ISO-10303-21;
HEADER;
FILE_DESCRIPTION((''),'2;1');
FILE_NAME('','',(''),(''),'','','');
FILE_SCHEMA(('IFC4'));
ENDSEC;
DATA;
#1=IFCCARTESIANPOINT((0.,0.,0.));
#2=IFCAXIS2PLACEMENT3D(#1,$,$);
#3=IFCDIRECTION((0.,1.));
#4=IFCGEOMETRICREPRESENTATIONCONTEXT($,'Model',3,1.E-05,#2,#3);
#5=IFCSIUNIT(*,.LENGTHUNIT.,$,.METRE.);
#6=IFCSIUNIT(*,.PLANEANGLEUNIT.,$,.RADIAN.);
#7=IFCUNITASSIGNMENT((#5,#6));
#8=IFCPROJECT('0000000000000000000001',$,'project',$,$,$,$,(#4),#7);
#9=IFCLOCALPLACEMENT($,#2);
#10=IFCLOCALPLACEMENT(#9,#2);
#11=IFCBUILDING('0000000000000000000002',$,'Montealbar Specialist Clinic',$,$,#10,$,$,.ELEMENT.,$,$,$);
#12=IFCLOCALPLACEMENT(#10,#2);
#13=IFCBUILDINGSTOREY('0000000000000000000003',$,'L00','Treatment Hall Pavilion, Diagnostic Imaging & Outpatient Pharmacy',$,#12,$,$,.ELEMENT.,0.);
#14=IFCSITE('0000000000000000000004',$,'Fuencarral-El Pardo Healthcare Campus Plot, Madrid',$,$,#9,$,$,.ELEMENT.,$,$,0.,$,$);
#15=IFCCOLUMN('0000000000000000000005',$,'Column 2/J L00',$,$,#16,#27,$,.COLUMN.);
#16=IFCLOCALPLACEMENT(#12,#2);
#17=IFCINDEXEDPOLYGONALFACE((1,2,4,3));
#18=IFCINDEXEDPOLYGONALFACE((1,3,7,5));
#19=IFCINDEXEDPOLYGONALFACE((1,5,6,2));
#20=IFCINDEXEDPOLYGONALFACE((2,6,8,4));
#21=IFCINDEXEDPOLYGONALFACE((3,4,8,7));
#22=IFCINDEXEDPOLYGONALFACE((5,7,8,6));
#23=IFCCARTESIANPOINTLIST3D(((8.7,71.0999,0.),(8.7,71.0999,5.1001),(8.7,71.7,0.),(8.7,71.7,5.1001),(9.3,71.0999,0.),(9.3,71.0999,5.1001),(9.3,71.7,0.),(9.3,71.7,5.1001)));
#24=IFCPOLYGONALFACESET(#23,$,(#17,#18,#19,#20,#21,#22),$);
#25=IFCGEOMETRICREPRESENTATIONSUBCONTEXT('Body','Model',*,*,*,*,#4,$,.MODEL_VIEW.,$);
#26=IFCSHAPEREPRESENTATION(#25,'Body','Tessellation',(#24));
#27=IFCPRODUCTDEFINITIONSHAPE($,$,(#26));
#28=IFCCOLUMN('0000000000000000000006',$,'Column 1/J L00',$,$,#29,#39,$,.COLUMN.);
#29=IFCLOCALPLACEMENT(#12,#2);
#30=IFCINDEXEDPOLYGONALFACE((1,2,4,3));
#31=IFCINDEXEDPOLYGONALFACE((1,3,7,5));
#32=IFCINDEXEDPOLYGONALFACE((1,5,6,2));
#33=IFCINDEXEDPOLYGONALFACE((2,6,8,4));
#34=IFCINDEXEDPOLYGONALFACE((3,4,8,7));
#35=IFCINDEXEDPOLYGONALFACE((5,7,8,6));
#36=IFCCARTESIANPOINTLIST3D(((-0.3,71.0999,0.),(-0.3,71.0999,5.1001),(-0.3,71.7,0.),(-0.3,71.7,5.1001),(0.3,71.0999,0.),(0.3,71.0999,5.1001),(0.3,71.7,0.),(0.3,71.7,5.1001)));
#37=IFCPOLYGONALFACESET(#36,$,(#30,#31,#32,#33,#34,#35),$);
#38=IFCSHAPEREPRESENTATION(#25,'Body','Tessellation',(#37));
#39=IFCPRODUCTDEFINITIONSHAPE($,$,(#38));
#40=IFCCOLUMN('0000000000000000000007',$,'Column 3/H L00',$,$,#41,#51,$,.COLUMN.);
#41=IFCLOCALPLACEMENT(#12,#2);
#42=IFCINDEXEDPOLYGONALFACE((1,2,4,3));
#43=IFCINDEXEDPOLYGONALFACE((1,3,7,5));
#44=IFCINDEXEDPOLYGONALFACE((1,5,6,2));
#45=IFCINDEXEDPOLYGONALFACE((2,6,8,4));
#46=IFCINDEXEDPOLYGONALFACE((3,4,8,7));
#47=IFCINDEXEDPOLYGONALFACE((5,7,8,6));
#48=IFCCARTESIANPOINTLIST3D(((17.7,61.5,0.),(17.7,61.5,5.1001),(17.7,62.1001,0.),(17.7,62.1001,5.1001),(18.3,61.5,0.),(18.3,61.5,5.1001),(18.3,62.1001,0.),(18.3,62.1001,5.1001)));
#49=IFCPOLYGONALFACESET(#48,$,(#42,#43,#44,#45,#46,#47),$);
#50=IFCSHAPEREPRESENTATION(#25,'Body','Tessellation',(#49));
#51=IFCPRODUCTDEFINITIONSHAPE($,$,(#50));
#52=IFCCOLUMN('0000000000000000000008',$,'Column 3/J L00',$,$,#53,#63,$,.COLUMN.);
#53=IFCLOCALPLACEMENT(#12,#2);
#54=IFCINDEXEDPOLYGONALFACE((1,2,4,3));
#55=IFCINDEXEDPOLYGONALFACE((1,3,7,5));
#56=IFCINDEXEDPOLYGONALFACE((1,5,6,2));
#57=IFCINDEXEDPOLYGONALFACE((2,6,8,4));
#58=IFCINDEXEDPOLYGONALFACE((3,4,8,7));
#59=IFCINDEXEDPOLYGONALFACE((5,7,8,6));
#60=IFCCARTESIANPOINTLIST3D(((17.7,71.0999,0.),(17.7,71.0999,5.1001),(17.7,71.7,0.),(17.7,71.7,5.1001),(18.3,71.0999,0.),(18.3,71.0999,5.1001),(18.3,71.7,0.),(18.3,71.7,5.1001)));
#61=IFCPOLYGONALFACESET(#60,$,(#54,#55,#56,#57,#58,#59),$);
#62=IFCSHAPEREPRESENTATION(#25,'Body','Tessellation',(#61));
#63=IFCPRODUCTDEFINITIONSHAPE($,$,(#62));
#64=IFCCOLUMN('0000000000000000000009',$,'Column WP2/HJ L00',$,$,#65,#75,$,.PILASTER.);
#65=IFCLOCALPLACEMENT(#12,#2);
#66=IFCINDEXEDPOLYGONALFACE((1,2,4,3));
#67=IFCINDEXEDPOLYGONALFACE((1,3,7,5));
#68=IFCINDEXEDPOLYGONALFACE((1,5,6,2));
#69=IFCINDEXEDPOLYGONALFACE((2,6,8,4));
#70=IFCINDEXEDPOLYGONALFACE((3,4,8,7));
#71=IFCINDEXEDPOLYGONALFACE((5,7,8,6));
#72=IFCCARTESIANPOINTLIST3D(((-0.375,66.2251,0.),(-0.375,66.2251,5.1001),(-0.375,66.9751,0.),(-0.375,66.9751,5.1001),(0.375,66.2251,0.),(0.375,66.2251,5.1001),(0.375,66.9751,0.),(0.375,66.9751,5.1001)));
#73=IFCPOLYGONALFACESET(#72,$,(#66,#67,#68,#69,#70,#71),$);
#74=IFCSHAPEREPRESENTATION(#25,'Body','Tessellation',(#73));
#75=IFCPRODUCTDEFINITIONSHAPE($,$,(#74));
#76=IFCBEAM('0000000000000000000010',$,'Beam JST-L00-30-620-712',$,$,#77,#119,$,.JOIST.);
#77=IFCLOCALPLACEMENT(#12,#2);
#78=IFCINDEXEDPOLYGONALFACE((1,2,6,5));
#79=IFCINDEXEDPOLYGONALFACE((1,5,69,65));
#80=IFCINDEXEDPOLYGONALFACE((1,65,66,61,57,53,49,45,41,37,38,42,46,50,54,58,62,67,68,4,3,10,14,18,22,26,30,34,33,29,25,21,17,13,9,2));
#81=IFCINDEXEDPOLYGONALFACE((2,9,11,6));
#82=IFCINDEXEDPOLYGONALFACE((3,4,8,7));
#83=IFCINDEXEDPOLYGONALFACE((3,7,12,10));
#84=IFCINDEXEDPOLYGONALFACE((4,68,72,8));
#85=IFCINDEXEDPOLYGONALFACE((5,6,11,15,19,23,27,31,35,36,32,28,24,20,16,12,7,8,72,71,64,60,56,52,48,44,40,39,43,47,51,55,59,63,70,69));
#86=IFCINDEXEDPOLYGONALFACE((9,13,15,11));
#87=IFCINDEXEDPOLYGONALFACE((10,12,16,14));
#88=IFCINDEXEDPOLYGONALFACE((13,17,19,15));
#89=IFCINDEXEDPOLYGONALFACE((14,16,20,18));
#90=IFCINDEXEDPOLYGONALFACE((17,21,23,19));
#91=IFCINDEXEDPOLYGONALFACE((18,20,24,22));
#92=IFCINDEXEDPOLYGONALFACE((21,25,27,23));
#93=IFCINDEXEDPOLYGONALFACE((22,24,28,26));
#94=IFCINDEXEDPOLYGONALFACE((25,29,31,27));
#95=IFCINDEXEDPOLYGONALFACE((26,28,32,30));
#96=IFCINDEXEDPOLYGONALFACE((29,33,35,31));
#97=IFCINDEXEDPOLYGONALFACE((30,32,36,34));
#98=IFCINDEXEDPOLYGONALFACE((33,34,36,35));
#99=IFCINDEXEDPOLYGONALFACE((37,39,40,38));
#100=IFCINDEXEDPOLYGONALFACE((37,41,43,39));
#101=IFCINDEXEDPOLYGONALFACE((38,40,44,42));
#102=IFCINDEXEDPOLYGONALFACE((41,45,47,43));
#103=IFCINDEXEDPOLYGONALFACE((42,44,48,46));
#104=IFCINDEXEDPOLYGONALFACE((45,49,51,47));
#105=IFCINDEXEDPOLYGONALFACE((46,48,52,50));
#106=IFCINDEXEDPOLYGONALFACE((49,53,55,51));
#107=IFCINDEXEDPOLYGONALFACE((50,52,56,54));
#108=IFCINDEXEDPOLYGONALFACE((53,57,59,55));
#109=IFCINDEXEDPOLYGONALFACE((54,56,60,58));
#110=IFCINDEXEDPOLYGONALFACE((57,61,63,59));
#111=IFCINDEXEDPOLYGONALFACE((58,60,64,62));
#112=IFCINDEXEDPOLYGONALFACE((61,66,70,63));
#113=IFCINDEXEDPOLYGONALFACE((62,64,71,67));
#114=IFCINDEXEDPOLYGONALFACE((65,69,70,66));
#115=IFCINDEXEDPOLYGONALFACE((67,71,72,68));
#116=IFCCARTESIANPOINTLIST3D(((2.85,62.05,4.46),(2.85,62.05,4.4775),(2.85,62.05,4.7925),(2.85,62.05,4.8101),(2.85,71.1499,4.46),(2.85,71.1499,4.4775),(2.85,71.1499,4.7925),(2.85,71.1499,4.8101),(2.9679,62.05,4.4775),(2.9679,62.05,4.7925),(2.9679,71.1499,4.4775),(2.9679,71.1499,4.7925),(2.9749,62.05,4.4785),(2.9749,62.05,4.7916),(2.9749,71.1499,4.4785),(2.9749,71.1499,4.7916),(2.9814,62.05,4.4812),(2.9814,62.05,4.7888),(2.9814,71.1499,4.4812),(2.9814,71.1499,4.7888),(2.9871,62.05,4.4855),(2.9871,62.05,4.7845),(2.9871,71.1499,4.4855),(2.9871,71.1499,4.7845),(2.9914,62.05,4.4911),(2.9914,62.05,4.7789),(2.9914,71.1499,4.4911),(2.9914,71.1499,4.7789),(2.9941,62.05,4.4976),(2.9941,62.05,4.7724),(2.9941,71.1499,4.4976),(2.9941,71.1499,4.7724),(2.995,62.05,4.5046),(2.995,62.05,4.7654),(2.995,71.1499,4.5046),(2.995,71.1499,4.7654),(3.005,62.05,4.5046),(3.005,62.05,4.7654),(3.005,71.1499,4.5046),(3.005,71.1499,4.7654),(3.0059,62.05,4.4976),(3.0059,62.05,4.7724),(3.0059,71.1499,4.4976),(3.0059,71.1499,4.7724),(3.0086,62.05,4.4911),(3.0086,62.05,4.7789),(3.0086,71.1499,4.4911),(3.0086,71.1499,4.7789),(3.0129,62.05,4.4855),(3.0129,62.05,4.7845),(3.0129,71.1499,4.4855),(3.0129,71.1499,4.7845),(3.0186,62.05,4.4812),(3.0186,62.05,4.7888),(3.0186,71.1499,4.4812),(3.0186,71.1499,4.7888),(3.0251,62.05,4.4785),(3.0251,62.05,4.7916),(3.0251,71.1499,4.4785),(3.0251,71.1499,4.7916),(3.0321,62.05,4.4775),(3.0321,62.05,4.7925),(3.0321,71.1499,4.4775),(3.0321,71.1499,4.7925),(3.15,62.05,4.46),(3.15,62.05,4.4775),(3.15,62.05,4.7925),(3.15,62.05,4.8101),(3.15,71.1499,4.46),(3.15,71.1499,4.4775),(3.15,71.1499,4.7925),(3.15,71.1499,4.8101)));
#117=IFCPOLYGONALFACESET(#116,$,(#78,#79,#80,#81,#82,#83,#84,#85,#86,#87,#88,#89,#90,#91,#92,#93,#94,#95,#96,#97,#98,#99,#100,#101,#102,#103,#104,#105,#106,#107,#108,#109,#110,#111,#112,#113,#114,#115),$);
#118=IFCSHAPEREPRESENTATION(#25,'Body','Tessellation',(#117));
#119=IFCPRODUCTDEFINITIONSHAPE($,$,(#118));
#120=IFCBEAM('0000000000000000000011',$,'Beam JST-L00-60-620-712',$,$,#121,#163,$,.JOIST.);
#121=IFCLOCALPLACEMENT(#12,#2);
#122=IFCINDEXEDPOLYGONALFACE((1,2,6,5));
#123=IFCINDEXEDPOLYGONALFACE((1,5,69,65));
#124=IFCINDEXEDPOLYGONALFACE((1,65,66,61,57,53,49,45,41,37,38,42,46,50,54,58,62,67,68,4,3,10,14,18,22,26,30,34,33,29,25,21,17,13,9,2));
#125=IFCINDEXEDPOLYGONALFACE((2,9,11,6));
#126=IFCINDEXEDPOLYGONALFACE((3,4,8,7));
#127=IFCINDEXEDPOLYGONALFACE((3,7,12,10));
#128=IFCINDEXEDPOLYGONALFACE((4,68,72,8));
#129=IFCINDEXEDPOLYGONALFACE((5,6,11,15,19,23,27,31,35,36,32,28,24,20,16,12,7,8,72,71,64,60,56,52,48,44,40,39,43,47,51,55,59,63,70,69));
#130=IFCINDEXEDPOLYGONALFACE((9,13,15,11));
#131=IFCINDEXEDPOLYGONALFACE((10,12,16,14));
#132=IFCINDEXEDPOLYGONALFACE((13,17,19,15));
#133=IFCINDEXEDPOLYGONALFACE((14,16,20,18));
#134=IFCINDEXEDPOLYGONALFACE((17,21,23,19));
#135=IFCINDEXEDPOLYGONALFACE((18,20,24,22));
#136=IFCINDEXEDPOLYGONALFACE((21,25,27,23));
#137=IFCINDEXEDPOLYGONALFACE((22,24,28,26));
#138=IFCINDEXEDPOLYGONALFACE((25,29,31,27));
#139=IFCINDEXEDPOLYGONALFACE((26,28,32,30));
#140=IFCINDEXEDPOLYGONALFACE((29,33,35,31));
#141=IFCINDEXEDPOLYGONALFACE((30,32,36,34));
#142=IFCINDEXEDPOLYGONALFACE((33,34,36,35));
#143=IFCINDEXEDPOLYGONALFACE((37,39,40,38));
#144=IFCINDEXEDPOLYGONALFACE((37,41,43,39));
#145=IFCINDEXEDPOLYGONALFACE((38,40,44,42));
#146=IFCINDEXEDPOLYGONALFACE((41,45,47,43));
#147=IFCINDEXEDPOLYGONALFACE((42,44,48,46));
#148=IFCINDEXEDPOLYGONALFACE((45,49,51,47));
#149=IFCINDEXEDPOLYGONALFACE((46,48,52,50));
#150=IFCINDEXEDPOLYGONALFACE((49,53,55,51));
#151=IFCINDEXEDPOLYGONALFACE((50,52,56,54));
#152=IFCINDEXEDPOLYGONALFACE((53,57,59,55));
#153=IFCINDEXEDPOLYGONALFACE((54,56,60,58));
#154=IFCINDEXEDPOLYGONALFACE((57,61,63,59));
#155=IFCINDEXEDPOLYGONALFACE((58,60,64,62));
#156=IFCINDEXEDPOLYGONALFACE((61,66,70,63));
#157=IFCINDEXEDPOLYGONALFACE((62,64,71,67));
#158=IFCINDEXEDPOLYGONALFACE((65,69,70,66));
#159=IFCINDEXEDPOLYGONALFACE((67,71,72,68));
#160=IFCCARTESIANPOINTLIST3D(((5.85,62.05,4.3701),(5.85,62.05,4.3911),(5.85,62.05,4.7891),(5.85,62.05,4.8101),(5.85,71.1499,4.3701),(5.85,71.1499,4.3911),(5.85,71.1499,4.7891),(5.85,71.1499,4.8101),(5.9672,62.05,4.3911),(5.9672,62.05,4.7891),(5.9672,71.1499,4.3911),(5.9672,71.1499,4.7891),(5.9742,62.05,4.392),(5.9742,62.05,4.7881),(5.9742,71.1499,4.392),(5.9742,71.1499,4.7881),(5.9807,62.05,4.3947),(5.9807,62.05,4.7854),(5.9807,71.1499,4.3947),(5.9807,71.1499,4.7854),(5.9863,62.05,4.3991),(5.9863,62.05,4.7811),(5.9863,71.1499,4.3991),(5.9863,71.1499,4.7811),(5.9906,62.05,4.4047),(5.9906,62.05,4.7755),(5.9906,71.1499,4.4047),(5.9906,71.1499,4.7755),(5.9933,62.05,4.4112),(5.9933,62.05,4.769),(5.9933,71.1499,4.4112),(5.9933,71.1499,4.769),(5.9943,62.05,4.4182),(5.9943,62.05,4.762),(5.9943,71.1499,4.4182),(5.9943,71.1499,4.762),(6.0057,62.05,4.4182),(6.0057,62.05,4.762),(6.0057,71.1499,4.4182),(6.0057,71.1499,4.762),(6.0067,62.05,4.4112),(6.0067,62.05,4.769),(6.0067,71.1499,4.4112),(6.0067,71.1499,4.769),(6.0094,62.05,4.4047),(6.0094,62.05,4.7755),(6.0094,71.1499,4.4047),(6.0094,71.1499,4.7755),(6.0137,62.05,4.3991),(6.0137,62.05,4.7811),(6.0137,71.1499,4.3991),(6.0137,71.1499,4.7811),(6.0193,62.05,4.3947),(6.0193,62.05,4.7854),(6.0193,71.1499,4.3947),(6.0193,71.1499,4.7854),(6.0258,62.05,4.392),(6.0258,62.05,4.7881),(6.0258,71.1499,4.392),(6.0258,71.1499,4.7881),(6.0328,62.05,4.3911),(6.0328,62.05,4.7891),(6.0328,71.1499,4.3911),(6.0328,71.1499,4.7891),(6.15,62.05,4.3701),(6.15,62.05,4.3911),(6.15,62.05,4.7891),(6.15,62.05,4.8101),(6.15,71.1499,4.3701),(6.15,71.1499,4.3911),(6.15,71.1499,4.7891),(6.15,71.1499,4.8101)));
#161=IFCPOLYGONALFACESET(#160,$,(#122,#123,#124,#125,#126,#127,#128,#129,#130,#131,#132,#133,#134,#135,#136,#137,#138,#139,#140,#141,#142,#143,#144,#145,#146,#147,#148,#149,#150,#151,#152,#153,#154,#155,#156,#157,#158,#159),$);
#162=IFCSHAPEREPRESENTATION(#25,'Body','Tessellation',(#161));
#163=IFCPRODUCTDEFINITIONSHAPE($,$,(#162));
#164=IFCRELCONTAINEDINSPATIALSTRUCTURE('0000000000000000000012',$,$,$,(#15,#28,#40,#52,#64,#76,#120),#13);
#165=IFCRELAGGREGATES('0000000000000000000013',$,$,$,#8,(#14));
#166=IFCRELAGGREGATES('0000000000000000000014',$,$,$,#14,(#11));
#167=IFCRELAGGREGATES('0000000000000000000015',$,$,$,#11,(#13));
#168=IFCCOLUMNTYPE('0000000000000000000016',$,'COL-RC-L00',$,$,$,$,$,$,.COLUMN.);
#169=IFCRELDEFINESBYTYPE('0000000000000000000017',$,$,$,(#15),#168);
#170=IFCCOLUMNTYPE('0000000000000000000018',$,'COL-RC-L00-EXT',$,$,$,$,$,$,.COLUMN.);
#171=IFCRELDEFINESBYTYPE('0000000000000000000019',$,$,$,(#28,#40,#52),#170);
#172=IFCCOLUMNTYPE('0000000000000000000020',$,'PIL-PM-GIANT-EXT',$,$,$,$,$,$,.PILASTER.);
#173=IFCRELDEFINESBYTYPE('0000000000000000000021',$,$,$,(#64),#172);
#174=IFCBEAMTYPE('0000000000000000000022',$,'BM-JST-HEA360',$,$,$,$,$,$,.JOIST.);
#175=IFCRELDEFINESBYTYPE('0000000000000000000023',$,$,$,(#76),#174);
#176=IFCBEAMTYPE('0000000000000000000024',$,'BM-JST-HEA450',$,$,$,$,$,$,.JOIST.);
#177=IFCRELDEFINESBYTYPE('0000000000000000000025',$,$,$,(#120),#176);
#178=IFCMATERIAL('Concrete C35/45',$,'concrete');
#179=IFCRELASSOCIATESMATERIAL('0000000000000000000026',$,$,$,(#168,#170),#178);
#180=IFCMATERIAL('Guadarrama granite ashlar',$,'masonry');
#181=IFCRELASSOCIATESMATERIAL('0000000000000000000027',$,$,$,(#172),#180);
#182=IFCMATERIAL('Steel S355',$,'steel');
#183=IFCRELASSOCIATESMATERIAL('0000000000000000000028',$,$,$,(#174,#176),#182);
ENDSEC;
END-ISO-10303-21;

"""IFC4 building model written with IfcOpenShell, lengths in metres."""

from ifc_helpers import new_model, si_unit, direction, frame, origin, origin_2d, place, context, subcontext, project, spatial, rectangle, i_section, extrude, material, material_profile, profile_set, type_object, element, save


model = new_model("IFC4")

# Units and contexts
model_context = context("Model", 3, precision=1e-05, world=origin(), true_north=direction((0.0, 1.0)))
body_context = subcontext(model_context, "Body", "Model", "MODEL_VIEW")
ifc_project = project(units=[si_unit("LENGTHUNIT", "METRE"), si_unit("PLANEANGLEUNIT", "RADIAN")], contexts=[model_context])

# Site, building, storey
site_placement = place(None, origin())
site = spatial("IfcSite", under=ifc_project, at=site_placement, Name="Fuencarral-El Pardo Healthcare Campus Plot, Madrid", CompositionType="ELEMENT", RefElevation=0.0)
building_placement = place(site_placement, origin())
building = spatial("IfcBuilding", under=site, at=building_placement, Name="Montealbar Specialist Clinic", CompositionType="ELEMENT")
storey_placement = place(building_placement, origin())
storey = spatial("IfcBuildingStorey", under=building, at=storey_placement, Name="L00", Description="Treatment Hall Pavilion, Diagnostic Imaging & Outpatient Pharmacy", CompositionType="ELEMENT", Elevation=0.0)

# Columns
ifc_material_1 = material(Name="Concrete C35/45", Category="concrete")
ifc_material_profile_1 = material_profile(ifc_material_1, rectangle(XDim=0.6001, YDim=0.6001, at=origin_2d()), Name="RC 600x600", Category="concrete")
ifc_profile_set_1 = profile_set([ifc_material_profile_1], Name="Concrete C35/45")
column_type_1 = type_object("IfcColumnType", Name="COL-RC-L00", PredefinedType="COLUMN", material=ifc_profile_set_1)
column_1_placement = place(storey_placement, frame((9.0, 71.3999, 0.0), z_axis=(0.0, 0.0, 1.0), x_axis=(1.0, 0.0, 0.0)))
element("IfcColumn", 1, at=column_1_placement, inside=storey, type_object=column_type_1, Name="Column 2/J L00", PredefinedType="COLUMN", context=body_context, shape_type="SweptSolid", body=[
    extrude(rectangle(XDim=0.6001, YDim=0.6001, at=origin_2d()), origin(), (0.0, 0.0, 1.0), 5.1001),
])
ifc_material_profile_2 = material_profile(ifc_material_1, rectangle(XDim=0.6001, YDim=0.6001, at=origin_2d()), Name="RC 600x600", Category="concrete")
ifc_profile_set_2 = profile_set([ifc_material_profile_2], Name="Concrete C35/45")
column_type_2 = type_object("IfcColumnType", Name="COL-RC-L00-EXT", PredefinedType="COLUMN", material=ifc_profile_set_2)
for number, where, z_axis, x_axis, name in (
    (2, (0.0, 71.3999, 0.0), (0.0, 0.0, 1.0), (1.0, 0.0, 0.0), "Column 1/J L00"),
    (3, (18.0, 61.8, 0.0), (0.0, 0.0, 1.0), (1.0, 0.0, 0.0), "Column 3/H L00"),
    (4, (18.0, 71.3999, 0.0), (0.0, 0.0, 1.0), (1.0, 0.0, 0.0), "Column 3/J L00"),
):
    element("IfcColumn", number, at=place(storey_placement, frame(where, z_axis=z_axis, x_axis=x_axis)), inside=storey, type_object=column_type_2, Name=name, PredefinedType="COLUMN", context=body_context, shape_type="SweptSolid", body=[
        extrude(rectangle(XDim=0.6001, YDim=0.6001, at=origin_2d()), origin(), (0.0, 0.0, 1.0), 5.1001),
    ])
ifc_material_2 = material(Name="Guadarrama granite ashlar", Category="masonry")
ifc_material_profile_3 = material_profile(ifc_material_2, rectangle(XDim=0.75, YDim=0.75, at=origin_2d()), Name="GRANITE PILASTER 750x750", Category="masonry")
ifc_profile_set_3 = profile_set([ifc_material_profile_3], Name="Guadarrama granite ashlar")
column_type_3 = type_object("IfcColumnType", Name="PIL-PM-GIANT-EXT", PredefinedType="PILASTER", material=ifc_profile_set_3)
column_2_placement = place(storey_placement, frame((0.0, 66.6001, 0.0), z_axis=(0.0, 0.0, 1.0), x_axis=(1.0, 0.0, 0.0)))
element("IfcColumn", 5, at=column_2_placement, inside=storey, type_object=column_type_3, Name="Column WP2/HJ L00", PredefinedType="PILASTER", context=body_context, shape_type="SweptSolid", body=[
    extrude(rectangle(XDim=0.75, YDim=0.75, at=origin_2d()), origin(), (0.0, 0.0, 1.0), 5.1001),
])

# Beams
ifc_material_3 = material(Name="Steel S355", Category="steel")
ifc_material_profile_4 = material_profile(ifc_material_3, i_section(OverallWidth=0.3, OverallDepth=0.3501, WebThickness=0.01, FlangeThickness=0.0176, FilletRadius=0.0271, at=origin_2d()), Name="HEA 360", Category="steel")
ifc_profile_set_4 = profile_set([ifc_material_profile_4], Name="Steel S355")
beam_type_1 = type_object("IfcBeamType", Name="BM-JST-HEA360", PredefinedType="JOIST", material=ifc_profile_set_4)
beam_1_placement = place(storey_placement, frame((3.0, 62.05, 4.635), z_axis=(0.0, 1.0, 0.0), x_axis=(-1.0, 0.0, 0.0)))
element("IfcBeam", 6, at=beam_1_placement, inside=storey, type_object=beam_type_1, Name="Beam JST-L00-30-620-712", PredefinedType="JOIST", context=body_context, shape_type="SweptSolid", body=[
    extrude(i_section(OverallWidth=0.3, OverallDepth=0.3501, WebThickness=0.01, FlangeThickness=0.0176, FilletRadius=0.0271, at=origin_2d()), origin(), (0.0, 0.0, 1.0), 9.0999),
])
ifc_material_profile_5 = material_profile(ifc_material_3, i_section(OverallWidth=0.3, OverallDepth=0.4399, WebThickness=0.0115, FlangeThickness=0.021, FilletRadius=0.0271, at=origin_2d()), Name="HEA 450", Category="steel")
ifc_profile_set_5 = profile_set([ifc_material_profile_5], Name="Steel S355")
beam_type_2 = type_object("IfcBeamType", Name="BM-JST-HEA450", PredefinedType="JOIST", material=ifc_profile_set_5)
beam_2_placement = place(storey_placement, frame((6.0, 62.05, 4.5901), z_axis=(0.0, 1.0, 0.0), x_axis=(-1.0, 0.0, 0.0)))
element("IfcBeam", 7, at=beam_2_placement, inside=storey, type_object=beam_type_2, Name="Beam JST-L00-60-620-712", PredefinedType="JOIST", context=body_context, shape_type="SweptSolid", body=[
    extrude(i_section(OverallWidth=0.3, OverallDepth=0.4399, WebThickness=0.0115, FlangeThickness=0.021, FilletRadius=0.0271, at=origin_2d()), origin(), (0.0, 0.0, 1.0), 9.0999),
])

save(model, "model.ifc")
